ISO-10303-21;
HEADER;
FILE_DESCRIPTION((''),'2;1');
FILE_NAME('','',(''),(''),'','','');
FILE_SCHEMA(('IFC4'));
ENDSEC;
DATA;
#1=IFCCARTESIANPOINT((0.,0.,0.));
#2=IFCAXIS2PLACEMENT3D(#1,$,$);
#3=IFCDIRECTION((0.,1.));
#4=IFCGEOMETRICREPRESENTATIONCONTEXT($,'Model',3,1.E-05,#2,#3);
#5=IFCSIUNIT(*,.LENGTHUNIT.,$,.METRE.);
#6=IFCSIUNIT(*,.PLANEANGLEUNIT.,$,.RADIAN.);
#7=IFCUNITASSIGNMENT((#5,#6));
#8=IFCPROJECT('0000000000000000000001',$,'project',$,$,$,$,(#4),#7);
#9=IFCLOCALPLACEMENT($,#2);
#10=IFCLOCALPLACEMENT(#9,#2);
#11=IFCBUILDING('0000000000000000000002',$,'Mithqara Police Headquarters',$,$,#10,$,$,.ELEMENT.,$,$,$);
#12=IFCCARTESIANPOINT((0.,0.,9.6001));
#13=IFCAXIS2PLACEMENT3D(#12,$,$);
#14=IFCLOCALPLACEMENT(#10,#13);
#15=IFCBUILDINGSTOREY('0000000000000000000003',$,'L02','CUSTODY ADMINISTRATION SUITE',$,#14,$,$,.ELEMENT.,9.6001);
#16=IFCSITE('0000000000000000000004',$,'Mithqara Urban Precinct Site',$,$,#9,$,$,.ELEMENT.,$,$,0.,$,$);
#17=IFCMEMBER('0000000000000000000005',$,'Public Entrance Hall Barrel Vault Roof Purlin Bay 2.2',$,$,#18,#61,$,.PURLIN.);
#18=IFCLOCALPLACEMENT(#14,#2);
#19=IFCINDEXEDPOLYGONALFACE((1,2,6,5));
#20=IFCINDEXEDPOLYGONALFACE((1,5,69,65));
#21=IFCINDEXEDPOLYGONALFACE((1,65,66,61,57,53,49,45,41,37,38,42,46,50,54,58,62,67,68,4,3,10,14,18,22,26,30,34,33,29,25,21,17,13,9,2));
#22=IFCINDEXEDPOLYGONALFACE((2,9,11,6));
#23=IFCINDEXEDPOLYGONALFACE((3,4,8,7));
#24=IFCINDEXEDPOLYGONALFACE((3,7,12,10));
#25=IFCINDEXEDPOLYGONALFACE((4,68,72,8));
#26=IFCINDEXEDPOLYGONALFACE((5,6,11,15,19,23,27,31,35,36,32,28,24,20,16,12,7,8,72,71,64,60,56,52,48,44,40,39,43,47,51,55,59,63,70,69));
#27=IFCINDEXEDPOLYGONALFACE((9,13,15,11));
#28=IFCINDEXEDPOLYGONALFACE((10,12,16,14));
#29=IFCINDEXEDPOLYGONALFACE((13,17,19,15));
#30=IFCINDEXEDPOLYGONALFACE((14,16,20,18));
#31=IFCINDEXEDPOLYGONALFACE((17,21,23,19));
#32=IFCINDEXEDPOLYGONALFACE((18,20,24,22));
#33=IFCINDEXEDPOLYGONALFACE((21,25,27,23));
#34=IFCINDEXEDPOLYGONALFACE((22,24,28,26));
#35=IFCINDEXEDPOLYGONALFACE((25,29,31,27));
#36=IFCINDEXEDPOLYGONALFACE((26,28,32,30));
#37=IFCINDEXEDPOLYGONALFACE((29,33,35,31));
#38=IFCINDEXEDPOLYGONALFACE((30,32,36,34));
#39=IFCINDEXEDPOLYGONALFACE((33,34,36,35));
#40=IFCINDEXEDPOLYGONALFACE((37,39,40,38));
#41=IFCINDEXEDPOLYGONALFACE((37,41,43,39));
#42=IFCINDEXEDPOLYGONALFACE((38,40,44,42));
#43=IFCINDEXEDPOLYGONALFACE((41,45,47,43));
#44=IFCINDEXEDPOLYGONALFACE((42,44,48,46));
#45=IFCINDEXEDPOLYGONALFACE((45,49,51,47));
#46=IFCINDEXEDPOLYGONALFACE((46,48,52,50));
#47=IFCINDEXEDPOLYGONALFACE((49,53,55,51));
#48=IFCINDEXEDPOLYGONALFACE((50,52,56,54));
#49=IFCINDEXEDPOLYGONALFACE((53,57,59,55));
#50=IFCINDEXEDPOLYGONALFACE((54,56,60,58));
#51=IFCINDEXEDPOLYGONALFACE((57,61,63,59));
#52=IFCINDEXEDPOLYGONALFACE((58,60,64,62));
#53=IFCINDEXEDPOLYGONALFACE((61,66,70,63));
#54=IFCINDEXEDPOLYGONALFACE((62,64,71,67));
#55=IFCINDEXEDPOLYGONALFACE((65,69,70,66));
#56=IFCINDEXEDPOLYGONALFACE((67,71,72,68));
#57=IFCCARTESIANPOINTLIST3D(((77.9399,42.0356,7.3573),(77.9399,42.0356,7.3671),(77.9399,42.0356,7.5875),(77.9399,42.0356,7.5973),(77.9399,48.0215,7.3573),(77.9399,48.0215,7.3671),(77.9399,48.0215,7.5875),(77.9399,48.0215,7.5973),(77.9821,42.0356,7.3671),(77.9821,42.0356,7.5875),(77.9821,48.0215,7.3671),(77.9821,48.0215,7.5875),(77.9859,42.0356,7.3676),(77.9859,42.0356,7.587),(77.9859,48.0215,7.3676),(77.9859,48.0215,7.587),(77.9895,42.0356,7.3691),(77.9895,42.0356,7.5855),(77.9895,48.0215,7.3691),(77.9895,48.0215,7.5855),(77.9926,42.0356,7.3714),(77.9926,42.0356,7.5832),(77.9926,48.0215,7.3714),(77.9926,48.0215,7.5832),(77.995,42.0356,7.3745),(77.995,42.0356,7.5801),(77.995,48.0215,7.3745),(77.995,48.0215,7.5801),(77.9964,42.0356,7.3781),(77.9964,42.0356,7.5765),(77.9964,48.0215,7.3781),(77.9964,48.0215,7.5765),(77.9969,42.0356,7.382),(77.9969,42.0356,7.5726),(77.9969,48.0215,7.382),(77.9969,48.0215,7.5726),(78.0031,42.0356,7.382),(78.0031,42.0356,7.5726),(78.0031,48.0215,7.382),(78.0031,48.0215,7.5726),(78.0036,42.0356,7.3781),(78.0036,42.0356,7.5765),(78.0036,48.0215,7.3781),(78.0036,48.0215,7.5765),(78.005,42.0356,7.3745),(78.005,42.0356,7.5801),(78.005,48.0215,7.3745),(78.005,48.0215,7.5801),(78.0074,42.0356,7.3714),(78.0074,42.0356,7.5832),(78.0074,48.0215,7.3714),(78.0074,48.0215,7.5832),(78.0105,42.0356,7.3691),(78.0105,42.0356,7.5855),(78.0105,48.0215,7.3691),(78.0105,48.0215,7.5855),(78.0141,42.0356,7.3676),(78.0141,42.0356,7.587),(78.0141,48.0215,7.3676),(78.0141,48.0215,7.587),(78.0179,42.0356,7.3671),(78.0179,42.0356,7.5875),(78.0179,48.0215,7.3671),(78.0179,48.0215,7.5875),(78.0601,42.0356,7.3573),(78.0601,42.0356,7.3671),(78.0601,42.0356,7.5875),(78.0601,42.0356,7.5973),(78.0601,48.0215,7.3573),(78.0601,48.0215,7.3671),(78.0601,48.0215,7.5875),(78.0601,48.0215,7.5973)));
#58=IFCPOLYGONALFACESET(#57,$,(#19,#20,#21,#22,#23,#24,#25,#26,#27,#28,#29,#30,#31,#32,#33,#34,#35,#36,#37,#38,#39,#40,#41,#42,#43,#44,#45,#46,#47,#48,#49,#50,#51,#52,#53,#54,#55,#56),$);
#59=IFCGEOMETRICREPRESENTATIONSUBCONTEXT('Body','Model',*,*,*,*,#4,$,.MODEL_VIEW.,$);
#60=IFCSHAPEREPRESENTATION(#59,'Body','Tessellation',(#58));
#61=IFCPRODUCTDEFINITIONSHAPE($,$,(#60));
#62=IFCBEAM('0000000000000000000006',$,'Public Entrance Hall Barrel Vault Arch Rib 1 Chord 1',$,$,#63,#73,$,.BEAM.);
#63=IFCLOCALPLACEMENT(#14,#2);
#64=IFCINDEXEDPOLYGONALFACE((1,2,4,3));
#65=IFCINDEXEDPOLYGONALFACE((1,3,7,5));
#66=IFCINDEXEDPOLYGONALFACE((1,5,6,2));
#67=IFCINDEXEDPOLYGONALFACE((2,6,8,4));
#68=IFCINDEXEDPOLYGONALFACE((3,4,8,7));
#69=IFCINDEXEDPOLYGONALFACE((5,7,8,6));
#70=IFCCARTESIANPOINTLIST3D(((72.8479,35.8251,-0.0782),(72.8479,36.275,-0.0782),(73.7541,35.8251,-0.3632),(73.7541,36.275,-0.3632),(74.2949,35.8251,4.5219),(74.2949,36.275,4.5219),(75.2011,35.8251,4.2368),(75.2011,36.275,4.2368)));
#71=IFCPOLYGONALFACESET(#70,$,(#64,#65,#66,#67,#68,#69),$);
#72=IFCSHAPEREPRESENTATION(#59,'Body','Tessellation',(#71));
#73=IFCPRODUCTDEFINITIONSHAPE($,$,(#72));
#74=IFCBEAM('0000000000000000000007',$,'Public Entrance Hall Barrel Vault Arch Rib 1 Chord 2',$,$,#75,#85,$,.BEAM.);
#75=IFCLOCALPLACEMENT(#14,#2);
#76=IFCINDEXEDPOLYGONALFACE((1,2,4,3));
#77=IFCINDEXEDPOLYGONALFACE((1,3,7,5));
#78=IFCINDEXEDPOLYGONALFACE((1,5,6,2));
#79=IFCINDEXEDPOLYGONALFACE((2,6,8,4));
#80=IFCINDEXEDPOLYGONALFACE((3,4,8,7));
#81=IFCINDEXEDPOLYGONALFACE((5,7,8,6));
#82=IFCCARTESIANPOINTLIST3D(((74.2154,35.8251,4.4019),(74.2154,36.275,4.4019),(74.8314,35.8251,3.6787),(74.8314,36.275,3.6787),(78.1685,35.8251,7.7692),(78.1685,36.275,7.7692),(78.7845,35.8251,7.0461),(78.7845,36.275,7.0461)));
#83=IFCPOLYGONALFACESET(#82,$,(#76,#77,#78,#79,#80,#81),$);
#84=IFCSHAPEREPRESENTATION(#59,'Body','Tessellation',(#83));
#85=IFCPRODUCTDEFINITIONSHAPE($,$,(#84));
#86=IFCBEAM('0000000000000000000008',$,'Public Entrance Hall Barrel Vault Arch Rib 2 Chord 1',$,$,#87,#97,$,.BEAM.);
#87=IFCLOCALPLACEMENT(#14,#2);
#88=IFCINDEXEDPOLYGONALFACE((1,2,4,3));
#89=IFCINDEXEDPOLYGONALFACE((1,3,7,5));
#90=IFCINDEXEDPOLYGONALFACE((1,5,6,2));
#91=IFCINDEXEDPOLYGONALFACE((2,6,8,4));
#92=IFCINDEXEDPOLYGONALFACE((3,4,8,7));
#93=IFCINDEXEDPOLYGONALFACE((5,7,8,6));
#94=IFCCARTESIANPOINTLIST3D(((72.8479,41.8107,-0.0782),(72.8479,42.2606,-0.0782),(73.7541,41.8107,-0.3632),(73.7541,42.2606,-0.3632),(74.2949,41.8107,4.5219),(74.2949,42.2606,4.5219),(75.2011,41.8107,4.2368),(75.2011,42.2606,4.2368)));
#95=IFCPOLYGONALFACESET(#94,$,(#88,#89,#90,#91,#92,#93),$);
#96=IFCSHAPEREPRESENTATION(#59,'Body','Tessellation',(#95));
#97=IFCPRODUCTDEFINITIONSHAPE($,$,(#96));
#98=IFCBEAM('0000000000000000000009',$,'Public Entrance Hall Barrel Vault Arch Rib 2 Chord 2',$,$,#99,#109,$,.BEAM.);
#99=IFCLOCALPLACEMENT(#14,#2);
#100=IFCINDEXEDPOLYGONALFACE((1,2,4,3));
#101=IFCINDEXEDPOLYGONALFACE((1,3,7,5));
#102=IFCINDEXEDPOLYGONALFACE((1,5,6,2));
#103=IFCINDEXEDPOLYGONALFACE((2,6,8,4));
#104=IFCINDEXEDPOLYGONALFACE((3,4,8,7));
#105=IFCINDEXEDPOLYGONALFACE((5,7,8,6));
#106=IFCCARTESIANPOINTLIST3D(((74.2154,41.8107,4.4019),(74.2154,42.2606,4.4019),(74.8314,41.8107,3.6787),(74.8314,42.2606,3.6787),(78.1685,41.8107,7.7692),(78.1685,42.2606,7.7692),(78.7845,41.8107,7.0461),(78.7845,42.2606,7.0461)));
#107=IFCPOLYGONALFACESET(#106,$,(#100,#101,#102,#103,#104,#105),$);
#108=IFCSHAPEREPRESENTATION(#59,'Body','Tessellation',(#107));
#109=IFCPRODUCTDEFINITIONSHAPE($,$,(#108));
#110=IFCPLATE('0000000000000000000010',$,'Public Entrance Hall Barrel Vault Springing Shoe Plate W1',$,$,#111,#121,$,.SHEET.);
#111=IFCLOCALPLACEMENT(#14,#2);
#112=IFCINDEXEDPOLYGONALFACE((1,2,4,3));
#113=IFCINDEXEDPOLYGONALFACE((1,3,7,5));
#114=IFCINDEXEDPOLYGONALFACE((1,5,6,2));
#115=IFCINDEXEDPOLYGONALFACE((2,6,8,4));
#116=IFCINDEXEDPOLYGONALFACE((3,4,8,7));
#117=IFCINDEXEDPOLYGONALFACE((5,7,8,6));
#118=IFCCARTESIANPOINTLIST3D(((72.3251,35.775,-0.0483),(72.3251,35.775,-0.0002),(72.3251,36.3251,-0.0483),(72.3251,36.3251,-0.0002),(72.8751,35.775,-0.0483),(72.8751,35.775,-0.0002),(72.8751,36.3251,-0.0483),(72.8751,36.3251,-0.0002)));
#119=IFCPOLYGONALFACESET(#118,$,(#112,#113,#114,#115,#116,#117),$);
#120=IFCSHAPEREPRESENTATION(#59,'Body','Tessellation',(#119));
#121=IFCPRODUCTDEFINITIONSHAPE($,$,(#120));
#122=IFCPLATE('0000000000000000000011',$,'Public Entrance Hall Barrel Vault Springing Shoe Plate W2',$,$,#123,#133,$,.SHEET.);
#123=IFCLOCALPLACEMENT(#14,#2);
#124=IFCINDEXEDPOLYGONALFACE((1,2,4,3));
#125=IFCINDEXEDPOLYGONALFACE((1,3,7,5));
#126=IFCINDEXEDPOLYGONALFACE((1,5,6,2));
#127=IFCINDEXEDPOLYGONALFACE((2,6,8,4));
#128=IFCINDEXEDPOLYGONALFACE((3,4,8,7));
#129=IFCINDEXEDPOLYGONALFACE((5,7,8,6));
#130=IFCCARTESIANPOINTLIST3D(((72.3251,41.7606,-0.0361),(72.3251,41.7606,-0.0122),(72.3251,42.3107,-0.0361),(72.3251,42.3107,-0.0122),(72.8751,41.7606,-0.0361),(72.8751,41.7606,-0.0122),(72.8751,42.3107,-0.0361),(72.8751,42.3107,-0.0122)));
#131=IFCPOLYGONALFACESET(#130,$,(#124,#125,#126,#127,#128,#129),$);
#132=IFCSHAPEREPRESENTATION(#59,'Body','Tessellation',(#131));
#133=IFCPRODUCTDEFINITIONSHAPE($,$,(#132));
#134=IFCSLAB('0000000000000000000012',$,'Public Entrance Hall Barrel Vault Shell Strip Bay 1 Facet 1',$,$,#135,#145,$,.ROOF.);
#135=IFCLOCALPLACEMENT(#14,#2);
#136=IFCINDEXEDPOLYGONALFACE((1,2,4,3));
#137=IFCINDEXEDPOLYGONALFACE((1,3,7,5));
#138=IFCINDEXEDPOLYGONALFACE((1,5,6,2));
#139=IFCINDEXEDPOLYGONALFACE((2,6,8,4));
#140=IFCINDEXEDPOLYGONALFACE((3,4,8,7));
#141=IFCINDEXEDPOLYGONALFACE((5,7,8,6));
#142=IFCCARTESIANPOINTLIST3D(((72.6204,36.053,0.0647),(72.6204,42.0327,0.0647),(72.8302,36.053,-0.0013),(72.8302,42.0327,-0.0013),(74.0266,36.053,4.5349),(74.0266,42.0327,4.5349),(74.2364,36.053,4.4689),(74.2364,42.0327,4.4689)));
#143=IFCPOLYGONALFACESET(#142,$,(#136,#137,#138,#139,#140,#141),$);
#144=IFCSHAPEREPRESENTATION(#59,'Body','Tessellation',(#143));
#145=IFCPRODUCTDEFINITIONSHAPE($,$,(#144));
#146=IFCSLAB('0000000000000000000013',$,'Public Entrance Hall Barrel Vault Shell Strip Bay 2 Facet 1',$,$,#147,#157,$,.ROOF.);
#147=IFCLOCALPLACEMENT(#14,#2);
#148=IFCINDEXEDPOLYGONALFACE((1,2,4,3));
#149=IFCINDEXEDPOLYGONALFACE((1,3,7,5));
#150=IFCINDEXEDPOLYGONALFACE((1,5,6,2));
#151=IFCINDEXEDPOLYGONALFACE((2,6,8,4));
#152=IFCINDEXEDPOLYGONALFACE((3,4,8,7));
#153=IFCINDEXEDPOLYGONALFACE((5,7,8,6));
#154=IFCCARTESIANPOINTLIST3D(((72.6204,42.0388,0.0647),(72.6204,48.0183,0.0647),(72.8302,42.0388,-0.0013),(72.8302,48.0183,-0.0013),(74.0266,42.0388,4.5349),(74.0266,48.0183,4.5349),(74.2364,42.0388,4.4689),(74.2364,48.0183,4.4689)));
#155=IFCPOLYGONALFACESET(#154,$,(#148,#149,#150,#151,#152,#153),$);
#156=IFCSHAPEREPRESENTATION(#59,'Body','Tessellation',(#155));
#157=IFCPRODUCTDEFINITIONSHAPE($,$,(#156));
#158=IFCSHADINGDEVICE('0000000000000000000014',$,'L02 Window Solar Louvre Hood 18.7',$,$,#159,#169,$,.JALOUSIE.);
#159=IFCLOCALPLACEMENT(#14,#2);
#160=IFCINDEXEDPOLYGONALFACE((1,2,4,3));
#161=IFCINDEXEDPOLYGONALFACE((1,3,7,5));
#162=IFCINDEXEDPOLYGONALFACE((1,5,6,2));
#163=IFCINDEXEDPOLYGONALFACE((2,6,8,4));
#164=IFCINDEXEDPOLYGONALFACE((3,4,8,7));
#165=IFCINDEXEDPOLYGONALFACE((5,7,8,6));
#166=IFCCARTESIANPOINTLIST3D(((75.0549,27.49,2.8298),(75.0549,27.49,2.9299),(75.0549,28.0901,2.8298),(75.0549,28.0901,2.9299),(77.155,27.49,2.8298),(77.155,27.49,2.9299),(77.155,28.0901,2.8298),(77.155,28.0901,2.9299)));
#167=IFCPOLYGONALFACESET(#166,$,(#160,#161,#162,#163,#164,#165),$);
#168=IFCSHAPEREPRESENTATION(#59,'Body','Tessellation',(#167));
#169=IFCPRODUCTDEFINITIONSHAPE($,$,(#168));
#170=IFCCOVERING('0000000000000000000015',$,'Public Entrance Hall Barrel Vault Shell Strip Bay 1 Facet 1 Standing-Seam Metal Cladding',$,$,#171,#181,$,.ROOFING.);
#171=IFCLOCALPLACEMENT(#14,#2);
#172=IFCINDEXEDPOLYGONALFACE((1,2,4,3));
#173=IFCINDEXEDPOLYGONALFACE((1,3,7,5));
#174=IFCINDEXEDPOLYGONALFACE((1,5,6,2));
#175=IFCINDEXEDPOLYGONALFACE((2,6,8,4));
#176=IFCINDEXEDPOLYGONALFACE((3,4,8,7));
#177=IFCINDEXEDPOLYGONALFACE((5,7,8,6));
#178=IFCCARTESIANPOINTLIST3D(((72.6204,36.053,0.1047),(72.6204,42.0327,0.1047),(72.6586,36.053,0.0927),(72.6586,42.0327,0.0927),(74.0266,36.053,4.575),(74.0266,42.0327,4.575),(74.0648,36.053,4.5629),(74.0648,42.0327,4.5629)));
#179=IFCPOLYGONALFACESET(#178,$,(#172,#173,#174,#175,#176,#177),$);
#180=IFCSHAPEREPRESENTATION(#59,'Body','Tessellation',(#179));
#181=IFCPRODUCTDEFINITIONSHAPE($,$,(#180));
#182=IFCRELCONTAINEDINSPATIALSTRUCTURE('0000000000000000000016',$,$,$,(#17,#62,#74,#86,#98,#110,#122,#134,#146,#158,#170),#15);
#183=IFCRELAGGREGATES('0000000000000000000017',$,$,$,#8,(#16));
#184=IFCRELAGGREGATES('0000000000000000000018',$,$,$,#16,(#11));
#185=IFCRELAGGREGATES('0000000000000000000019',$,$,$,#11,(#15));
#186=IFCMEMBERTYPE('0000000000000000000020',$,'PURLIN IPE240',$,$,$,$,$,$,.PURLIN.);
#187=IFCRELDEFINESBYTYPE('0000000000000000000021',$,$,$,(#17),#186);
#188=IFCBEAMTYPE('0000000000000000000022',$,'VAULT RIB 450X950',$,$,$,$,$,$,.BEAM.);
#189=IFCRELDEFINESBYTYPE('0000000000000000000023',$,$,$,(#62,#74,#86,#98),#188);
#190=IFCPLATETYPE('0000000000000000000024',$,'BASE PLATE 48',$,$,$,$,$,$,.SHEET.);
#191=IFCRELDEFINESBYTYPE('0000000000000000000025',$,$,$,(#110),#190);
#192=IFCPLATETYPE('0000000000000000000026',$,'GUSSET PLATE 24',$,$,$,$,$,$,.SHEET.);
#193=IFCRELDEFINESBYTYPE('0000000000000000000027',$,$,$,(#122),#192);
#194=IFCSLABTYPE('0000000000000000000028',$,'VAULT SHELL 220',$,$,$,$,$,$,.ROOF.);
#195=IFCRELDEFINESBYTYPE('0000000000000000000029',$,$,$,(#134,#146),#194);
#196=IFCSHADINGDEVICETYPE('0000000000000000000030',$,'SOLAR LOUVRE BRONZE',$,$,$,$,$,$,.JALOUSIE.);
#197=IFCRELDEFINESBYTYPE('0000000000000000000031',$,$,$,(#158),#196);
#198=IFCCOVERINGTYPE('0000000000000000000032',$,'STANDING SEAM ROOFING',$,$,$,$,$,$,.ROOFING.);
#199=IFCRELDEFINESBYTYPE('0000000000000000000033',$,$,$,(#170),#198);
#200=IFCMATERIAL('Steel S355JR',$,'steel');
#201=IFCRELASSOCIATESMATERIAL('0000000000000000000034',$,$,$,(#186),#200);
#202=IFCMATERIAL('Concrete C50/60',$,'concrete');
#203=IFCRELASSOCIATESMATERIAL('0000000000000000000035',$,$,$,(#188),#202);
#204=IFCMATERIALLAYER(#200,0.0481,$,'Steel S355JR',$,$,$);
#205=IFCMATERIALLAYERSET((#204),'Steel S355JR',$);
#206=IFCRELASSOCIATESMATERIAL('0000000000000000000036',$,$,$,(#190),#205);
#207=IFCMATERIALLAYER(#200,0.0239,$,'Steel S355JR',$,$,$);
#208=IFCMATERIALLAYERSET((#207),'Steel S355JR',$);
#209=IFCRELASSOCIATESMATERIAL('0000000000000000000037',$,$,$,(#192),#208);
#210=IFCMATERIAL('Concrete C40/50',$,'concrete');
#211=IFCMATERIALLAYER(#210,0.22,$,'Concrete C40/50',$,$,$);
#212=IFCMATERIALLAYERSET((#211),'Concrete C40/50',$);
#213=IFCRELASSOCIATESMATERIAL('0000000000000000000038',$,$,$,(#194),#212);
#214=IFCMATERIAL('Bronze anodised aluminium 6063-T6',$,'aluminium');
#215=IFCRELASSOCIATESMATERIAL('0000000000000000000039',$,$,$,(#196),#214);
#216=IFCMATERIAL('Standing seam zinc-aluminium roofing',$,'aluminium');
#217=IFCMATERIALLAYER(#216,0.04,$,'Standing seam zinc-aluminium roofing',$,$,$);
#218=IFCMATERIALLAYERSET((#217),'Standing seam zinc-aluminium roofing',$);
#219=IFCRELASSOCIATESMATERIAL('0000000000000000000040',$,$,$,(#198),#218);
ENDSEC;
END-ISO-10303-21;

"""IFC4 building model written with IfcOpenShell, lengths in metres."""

from ifc_helpers import new_model, si_unit, direction, frame, origin, origin_2d, place, context, subcontext, project, spatial, polyline, rectangle, i_section, outline, extrude, material, layer, layer_set, material_profile, profile_set, type_object, element, save


model = new_model("IFC4")

# Units and contexts
model_context = context("Model", 3, precision=1e-05, world=origin(), true_north=direction((0.0, 1.0)))
body_context = subcontext(model_context, "Body", "Model", "MODEL_VIEW")
ifc_project = project(units=[si_unit("LENGTHUNIT", "METRE"), si_unit("PLANEANGLEUNIT", "RADIAN")], contexts=[model_context])

# Site, building, storey
site_placement = place(None, origin())
site = spatial("IfcSite", under=ifc_project, at=site_placement, Name="Mithqara Urban Precinct Site", CompositionType="ELEMENT", RefElevation=0.0)
building_placement = place(site_placement, origin())
building = spatial("IfcBuilding", under=site, at=building_placement, Name="Mithqara Police Headquarters", CompositionType="ELEMENT")
storey_placement = place(building_placement, frame((0.0, 0.0, 9.6001)))
storey = spatial("IfcBuildingStorey", under=building, at=storey_placement, Name="L02", Description="CUSTODY ADMINISTRATION SUITE", CompositionType="ELEMENT", Elevation=9.6001)

# Shared definitions
ifc_material_1 = material(Name="Concrete C50/60", Category="concrete")

# Shared definitions
ifc_material_2 = material(Name="Concrete C40/50", Category="concrete")

# Member
ifc_material_3 = material(Name="Steel S355JR", Category="steel")
ifc_material_profile_1 = material_profile(ifc_material_3, i_section(OverallWidth=0.1201, OverallDepth=0.24, WebThickness=0.0061, FlangeThickness=0.0098, FilletRadius=0.0149, at=origin_2d()), Name="IPE 240")
ifc_profile_set_1 = profile_set([ifc_material_profile_1], Name="Steel S355JR")
member_type = type_object("IfcMemberType", Name="PURLIN IPE240", PredefinedType="PURLIN", material=ifc_profile_set_1)
member_1_placement = place(storey_placement, frame((78.0, 42.0356, 7.4773), z_axis=(0.0, 1.0, 0.0), x_axis=(-1.0, 0.0, 0.0)))
element("IfcMember", 1, at=member_1_placement, inside=storey, type_object=member_type, Name="Public Entrance Hall Barrel Vault Roof Purlin Bay 2.2", PredefinedType="PURLIN", context=body_context, shape_type="SweptSolid", body=[
    extrude(i_section(OverallWidth=0.1201, OverallDepth=0.24, WebThickness=0.0061, FlangeThickness=0.0098, FilletRadius=0.0149, at=origin_2d()), origin(), (0.0, 0.0, 1.0), 5.9858),
])

# Beams
ifc_material_profile_2 = material_profile(ifc_material_1, rectangle(XDim=0.45, YDim=0.95, at=origin_2d()), Name="RIB 450x950")
ifc_profile_set_2 = profile_set([ifc_material_profile_2], Name="Concrete C50/60")
beam_type_1 = type_object("IfcBeamType", Name="VAULT RIB 450X950", PredefinedType="BEAM", material=ifc_profile_set_2)
beam_1_placement = place(storey_placement, frame((73.301, 36.05, -0.2207), z_axis=(0.300067, 0.0, 0.953918), x_axis=(0.0, 1.0, 0.0)))
element("IfcBeam", 2, at=beam_1_placement, inside=storey, type_object=beam_type_1, Name="Public Entrance Hall Barrel Vault Arch Rib 1 Chord 1", PredefinedType="BEAM", context=body_context, shape_type="SweptSolid", body=[
    extrude(rectangle(XDim=0.45, YDim=0.95, at=origin_2d()), origin(), (0.0, 0.0, 1.0), 4.8223),
])
beam_2_placement = place(storey_placement, frame((74.5234, 36.05, 4.0403), z_axis=(0.761248, 0.0, 0.648461), x_axis=(0.0, 1.0, 0.0)))
element("IfcBeam", 3, at=beam_2_placement, inside=storey, type_object=beam_type_1, Name="Public Entrance Hall Barrel Vault Arch Rib 1 Chord 2", PredefinedType="BEAM", context=body_context, shape_type="SweptSolid", body=[
    extrude(rectangle(XDim=0.45, YDim=0.95, at=origin_2d()), origin(), (0.0, 0.0, 1.0), 5.1929),
])
beam_3_placement = place(storey_placement, frame((73.301, 42.0356, -0.2207), z_axis=(0.300067, 0.0, 0.953918), x_axis=(0.0, 1.0, 0.0)))
element("IfcBeam", 4, at=beam_3_placement, inside=storey, type_object=beam_type_1, Name="Public Entrance Hall Barrel Vault Arch Rib 2 Chord 1", PredefinedType="BEAM", context=body_context, shape_type="SweptSolid", body=[
    extrude(rectangle(XDim=0.45, YDim=0.95, at=origin_2d()), origin(), (0.0, 0.0, 1.0), 4.8223),
])
beam_4_placement = place(storey_placement, frame((74.5234, 42.0356, 4.0403), z_axis=(0.761248, 0.0, 0.648461), x_axis=(0.0, 1.0, 0.0)))
element("IfcBeam", 5, at=beam_4_placement, inside=storey, type_object=beam_type_1, Name="Public Entrance Hall Barrel Vault Arch Rib 2 Chord 2", PredefinedType="BEAM", context=body_context, shape_type="SweptSolid", body=[
    extrude(rectangle(XDim=0.45, YDim=0.95, at=origin_2d()), origin(), (0.0, 0.0, 1.0), 5.1929),
])

# Plates
ifc_layer_1 = layer(ifc_material_3, 0.0481, Name="Steel S355JR")
ifc_layer_set_1 = layer_set([ifc_layer_1], Name="Steel S355JR")
plate_type_1 = type_object("IfcPlateType", Name="BASE PLATE 48", PredefinedType="SHEET", material=ifc_layer_set_1)
plate_1_placement = place(storey_placement, frame((72.6001, 36.05, -0.0483), z_axis=(0.0, 0.0, 1.0), x_axis=(1.0, 0.0, 0.0)))
element("IfcPlate", 6, at=plate_1_placement, inside=storey, type_object=plate_type_1, Name="Public Entrance Hall Barrel Vault Springing Shoe Plate W1", PredefinedType="SHEET", context=body_context, shape_type="SweptSolid", body=[
    extrude(rectangle(XDim=0.55, YDim=0.55, at=origin_2d()), origin(), (0.0, 0.0, 1.0), 0.0481),
])
ifc_layer_2 = layer(ifc_material_3, 0.0239, Name="Steel S355JR")
ifc_layer_set_2 = layer_set([ifc_layer_2], Name="Steel S355JR")
plate_type_2 = type_object("IfcPlateType", Name="GUSSET PLATE 24", PredefinedType="SHEET", material=ifc_layer_set_2)
plate_2_placement = place(storey_placement, frame((72.6001, 42.0356, -0.0361), z_axis=(0.0, 0.0, 1.0), x_axis=(1.0, 0.0, 0.0)))
element("IfcPlate", 7, at=plate_2_placement, inside=storey, type_object=plate_type_2, Name="Public Entrance Hall Barrel Vault Springing Shoe Plate W2", PredefinedType="SHEET", context=body_context, shape_type="SweptSolid", body=[
    extrude(rectangle(XDim=0.55, YDim=0.55, at=origin_2d()), origin(), (0.0, 0.0, 1.0), 0.0239),
])

# Slabs
ifc_layer_3 = layer(ifc_material_2, 0.22, Name="Concrete C40/50")
ifc_layer_set_3 = layer_set([ifc_layer_3], Name="Concrete C40/50")
slab_type = type_object("IfcSlabType", Name="VAULT SHELL 220", PredefinedType="ROOF", material=ifc_layer_set_3)
slab_1_placement = place(storey_placement, frame((72.6204, 36.053, 0.0647), z_axis=(-0.953913, 0.0, 0.300084), x_axis=(0.300084, 0.0, 0.953913)))
element("IfcSlab", 8, at=slab_1_placement, inside=storey, type_object=slab_type, Name="Public Entrance Hall Barrel Vault Shell Strip Bay 1 Facet 1", PredefinedType="ROOF", context=body_context, shape_type="SweptSolid", body=[
    extrude(outline(polyline([(0.0, 0.0), (4.6862, 0.0), (4.6862, 5.9797), (0.0, 5.9797), (0.0, 0.0)])), origin(), (0.0, 0.0, -1.0), 0.22),
])
slab_2_placement = place(storey_placement, frame((72.6204, 42.0388, 0.0647), z_axis=(-0.953913, 0.0, 0.300084), x_axis=(0.300084, 0.0, 0.953913)))
element("IfcSlab", 9, at=slab_2_placement, inside=storey, type_object=slab_type, Name="Public Entrance Hall Barrel Vault Shell Strip Bay 2 Facet 1", PredefinedType="ROOF", context=body_context, shape_type="SweptSolid", body=[
    extrude(outline(polyline([(0.0, 0.0), (4.6862, 0.0), (4.6862, 5.9795), (0.0, 5.9795), (0.0, 0.0)])), origin(), (0.0, 0.0, -1.0), 0.22),
])

# Shading device
ifc_material_4 = material(Name="Bronze anodised aluminium 6063-T6", Category="aluminium")
shading_device_type = type_object("IfcShadingDeviceType", Name="SOLAR LOUVRE BRONZE", PredefinedType="JALOUSIE", material=ifc_material_4)
shading_device_placement = place(storey_placement, frame((76.105, 27.79, 2.8298), z_axis=(0.0, 0.0, 1.0), x_axis=(1.0, 0.0, 0.0)))
element("IfcShadingDevice", 10, at=shading_device_placement, inside=storey, type_object=shading_device_type, Name="L02 Window Solar Louvre Hood 18.7", PredefinedType="JALOUSIE", context=body_context, shape_type="SweptSolid", body=[
    extrude(rectangle(XDim=2.1001, YDim=0.6001, at=origin_2d()), origin(), (0.0, 0.0, 1.0), 0.1001),
])

# Covering
ifc_material_5 = material(Name="Standing seam zinc-aluminium roofing", Category="aluminium")
ifc_layer_4 = layer(ifc_material_5, 0.04, Name="Standing seam zinc-aluminium roofing")
ifc_layer_set_4 = layer_set([ifc_layer_4], Name="Standing seam zinc-aluminium roofing")
covering_type_1 = type_object("IfcCoveringType", Name="STANDING SEAM ROOFING", PredefinedType="ROOFING", material=ifc_layer_set_4)
covering_1_placement = place(storey_placement, frame((72.6204, 36.053, 0.1047), z_axis=(-0.953913, 0.0, 0.300084), x_axis=(0.300084, 0.0, 0.953913)))
element("IfcCovering", 11, at=covering_1_placement, inside=storey, type_object=covering_type_1, Name="Public Entrance Hall Barrel Vault Shell Strip Bay 1 Facet 1 Standing-Seam Metal Cladding", PredefinedType="ROOFING", context=body_context, shape_type="SweptSolid", body=[
    extrude(outline(polyline([(0.0, 0.0), (4.6862, 0.0), (4.6862, 5.9797), (0.0, 5.9797), (0.0, 0.0)])), origin(), (0.0, 0.0, -1.0), 0.04),
])

save(model, "model.ifc")
